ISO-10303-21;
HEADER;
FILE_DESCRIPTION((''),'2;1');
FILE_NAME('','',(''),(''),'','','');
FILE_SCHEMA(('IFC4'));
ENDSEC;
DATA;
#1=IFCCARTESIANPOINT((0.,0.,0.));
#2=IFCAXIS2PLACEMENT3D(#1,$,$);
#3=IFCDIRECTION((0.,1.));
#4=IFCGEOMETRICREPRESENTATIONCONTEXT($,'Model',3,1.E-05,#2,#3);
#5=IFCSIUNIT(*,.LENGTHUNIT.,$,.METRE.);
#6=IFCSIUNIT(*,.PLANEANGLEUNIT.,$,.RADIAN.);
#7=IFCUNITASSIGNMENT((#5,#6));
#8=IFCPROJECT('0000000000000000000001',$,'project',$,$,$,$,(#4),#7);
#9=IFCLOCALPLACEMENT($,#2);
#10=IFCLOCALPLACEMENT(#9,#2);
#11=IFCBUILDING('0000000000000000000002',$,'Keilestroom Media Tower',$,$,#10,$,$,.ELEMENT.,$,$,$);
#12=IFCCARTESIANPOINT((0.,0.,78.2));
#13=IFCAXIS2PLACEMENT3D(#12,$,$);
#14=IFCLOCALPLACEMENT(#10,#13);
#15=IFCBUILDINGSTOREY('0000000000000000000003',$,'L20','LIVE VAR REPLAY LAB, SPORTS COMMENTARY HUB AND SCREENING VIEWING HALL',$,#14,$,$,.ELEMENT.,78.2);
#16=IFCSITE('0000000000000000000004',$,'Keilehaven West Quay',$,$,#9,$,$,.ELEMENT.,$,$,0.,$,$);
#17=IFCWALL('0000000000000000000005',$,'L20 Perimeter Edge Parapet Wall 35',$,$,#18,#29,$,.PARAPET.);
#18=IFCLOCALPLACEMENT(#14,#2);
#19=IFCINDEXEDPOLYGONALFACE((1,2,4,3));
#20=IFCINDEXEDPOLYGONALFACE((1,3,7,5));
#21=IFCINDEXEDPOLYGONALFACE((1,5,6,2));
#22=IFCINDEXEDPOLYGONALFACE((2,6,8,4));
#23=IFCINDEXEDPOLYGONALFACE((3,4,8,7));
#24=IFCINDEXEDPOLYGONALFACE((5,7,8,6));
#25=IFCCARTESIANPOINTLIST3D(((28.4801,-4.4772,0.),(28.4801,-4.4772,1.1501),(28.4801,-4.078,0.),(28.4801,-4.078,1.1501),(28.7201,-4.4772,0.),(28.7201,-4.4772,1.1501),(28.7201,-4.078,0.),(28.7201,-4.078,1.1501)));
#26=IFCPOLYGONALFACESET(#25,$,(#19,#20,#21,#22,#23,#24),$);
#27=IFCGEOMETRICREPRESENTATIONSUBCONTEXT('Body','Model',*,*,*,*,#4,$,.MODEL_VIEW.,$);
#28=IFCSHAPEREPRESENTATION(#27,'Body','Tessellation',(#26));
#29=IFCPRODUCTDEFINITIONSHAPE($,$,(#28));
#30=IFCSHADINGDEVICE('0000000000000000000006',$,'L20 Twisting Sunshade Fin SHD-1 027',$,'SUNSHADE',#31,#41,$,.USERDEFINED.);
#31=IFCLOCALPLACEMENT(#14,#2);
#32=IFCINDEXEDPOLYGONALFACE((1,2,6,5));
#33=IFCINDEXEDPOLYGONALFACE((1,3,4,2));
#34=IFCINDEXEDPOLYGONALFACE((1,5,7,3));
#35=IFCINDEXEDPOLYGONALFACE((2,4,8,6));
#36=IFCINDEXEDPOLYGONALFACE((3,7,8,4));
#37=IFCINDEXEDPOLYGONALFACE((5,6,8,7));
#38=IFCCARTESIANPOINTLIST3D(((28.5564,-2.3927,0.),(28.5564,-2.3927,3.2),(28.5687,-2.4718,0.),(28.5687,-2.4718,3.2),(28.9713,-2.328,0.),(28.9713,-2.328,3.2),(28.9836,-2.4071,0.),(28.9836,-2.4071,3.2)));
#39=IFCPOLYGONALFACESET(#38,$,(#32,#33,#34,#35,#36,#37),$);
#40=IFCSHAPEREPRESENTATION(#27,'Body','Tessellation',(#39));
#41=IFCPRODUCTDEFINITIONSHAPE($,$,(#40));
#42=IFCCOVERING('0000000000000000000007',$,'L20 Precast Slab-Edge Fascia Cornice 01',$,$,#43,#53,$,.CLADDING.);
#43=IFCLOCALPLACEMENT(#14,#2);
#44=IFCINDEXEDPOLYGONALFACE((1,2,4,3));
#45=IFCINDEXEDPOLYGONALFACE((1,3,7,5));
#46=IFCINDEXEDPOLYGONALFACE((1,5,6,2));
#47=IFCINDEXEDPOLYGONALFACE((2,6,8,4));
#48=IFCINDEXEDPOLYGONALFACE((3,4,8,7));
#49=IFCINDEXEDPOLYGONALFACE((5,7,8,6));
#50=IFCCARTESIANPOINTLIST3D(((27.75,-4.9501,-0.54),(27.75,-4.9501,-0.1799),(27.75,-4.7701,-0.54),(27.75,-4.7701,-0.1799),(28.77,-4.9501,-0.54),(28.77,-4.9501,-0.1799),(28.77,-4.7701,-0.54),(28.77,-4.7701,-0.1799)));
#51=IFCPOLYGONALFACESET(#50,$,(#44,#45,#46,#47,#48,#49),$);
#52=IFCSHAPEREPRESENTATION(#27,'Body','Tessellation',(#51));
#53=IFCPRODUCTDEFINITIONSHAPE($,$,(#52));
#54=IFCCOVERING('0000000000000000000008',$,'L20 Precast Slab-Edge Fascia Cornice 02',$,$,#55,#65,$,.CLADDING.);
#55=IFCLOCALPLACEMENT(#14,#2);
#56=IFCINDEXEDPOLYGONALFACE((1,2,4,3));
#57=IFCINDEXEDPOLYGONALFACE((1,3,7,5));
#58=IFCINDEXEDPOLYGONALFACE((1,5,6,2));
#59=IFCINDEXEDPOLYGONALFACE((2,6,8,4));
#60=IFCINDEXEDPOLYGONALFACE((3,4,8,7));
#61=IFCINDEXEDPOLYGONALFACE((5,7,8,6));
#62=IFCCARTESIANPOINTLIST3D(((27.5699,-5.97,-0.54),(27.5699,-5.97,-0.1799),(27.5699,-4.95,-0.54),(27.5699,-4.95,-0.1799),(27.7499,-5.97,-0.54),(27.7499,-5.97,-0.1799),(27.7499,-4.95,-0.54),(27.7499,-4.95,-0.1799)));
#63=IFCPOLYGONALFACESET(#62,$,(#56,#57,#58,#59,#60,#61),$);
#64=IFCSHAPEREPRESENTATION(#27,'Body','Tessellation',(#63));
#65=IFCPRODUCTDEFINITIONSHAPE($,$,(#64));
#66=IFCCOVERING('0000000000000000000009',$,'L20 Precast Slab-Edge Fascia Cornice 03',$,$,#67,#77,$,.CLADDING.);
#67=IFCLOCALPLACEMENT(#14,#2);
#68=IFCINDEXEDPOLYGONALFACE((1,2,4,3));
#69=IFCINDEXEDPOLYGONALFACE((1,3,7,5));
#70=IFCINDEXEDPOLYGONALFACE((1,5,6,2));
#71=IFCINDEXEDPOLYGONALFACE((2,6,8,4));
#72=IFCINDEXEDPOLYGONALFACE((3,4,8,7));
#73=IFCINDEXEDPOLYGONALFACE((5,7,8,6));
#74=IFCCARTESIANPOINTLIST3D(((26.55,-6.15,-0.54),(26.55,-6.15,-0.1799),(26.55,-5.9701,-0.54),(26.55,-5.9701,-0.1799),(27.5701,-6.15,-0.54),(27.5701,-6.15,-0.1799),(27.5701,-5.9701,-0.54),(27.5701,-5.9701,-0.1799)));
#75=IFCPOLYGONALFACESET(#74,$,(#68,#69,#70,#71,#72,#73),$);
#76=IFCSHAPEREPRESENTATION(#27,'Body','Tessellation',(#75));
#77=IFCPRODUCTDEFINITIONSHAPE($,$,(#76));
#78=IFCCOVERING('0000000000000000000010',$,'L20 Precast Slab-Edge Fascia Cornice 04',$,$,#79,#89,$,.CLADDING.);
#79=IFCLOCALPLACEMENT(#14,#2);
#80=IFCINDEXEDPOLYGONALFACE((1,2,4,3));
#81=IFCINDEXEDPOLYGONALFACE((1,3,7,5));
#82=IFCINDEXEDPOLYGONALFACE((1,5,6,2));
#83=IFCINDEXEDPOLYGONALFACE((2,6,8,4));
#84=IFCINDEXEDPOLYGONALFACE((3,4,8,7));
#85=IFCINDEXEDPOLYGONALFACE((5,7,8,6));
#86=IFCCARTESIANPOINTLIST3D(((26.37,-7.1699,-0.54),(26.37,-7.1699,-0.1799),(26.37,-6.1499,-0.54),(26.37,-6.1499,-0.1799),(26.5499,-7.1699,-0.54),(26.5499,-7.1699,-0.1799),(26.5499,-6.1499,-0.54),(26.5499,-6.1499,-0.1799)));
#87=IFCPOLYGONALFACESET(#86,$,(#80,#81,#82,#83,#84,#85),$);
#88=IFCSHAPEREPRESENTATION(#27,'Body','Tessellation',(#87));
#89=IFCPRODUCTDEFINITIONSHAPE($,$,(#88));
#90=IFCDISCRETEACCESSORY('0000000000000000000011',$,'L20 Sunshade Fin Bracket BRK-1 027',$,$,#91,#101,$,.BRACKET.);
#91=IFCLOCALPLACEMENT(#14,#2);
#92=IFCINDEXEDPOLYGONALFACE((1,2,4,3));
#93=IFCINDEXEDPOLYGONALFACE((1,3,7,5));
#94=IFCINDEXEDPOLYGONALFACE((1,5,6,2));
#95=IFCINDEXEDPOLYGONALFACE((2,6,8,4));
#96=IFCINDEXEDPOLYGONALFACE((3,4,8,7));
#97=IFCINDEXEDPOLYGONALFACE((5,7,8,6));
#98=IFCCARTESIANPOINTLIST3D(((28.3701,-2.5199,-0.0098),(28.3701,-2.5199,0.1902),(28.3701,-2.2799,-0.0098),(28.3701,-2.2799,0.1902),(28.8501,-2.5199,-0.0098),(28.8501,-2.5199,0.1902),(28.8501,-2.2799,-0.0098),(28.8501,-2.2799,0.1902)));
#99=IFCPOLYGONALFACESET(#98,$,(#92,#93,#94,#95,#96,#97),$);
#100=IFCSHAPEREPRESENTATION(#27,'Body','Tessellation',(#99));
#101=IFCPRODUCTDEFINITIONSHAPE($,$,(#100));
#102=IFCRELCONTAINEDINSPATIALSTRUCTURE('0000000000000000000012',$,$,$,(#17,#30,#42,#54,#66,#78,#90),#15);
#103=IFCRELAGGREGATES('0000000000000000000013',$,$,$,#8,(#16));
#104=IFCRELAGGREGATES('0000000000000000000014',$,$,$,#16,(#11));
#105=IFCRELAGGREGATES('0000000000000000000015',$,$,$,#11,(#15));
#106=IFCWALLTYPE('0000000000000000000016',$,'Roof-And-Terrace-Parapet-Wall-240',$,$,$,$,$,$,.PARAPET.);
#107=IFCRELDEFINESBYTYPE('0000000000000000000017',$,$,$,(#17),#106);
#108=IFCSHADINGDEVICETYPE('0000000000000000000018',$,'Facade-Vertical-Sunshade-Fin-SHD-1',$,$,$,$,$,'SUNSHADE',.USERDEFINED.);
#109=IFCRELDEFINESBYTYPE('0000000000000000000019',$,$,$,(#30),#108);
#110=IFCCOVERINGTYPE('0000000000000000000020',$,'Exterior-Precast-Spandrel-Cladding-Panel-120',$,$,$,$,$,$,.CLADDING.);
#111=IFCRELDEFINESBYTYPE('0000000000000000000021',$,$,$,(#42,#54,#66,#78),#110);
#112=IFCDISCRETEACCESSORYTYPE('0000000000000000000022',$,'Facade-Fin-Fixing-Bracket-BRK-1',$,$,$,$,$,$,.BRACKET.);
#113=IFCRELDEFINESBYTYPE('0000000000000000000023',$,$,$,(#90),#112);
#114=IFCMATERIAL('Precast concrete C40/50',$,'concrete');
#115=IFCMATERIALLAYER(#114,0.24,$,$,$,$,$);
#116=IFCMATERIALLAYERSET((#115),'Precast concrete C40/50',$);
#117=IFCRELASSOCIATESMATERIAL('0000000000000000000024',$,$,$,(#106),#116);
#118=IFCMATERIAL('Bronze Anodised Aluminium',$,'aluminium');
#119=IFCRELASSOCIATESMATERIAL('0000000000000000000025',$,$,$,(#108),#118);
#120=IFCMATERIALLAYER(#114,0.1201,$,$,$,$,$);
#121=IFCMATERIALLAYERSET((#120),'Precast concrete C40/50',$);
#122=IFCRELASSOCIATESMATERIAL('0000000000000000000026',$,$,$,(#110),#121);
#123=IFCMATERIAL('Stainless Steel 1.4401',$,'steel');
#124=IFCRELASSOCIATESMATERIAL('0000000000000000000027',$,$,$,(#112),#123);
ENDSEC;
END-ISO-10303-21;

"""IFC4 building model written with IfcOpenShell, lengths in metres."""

from ifc_helpers import new_model, si_unit, direction, frame, frame_2d, origin, origin_2d, place, context, subcontext, project, spatial, rectangle, extrude, source, transform, mapped, material, layer, layer_set, type_object, element, save


model = new_model("IFC4")

# Units and contexts
model_context = context("Model", 3, precision=1e-05, world=origin(), true_north=direction((0.0, 1.0)))
body_context = subcontext(model_context, "Body", "Model", "MODEL_VIEW")
ifc_project = project(units=[si_unit("LENGTHUNIT", "METRE"), si_unit("PLANEANGLEUNIT", "RADIAN")], contexts=[model_context])

# Site, building, storey
site_placement = place(None, origin())
site = spatial("IfcSite", under=ifc_project, at=site_placement, Name="Keilehaven West Quay", CompositionType="ELEMENT", RefElevation=0.0)
building_placement = place(site_placement, origin())
building = spatial("IfcBuilding", under=site, at=building_placement, Name="Keilestroom Media Tower", CompositionType="ELEMENT")
storey_placement = place(building_placement, frame((0.0, 0.0, 78.2)))
storey = spatial("IfcBuildingStorey", under=building, at=storey_placement, Name="L20", Description="LIVE VAR REPLAY LAB, SPORTS COMMENTARY HUB AND SCREENING VIEWING HALL", CompositionType="ELEMENT", Elevation=78.2)

# Shared definitions
ifc_material_1 = material(Name="Precast concrete C40/50", Category="concrete")

# Wall
ifc_layer_1 = layer(ifc_material_1, 0.24)
ifc_layer_set_1 = layer_set([ifc_layer_1], Name="Precast concrete C40/50")
wall_type = type_object("IfcWallType", Name="Roof-And-Terrace-Parapet-Wall-240", PredefinedType="PARAPET", material=ifc_layer_set_1)
wall_1_placement = place(storey_placement, frame((28.6001, -4.0779, 0.0), z_axis=(0.0, 0.0, 1.0), x_axis=(0.0, -1.0, 0.0)))
element("IfcWall", 1, at=wall_1_placement, inside=storey, type_object=wall_type, Name="L20 Perimeter Edge Parapet Wall 35", PredefinedType="PARAPET", context=body_context, shape_type="SweptSolid", body=[
    extrude(rectangle(XDim=0.3992, YDim=0.24, at=frame_2d((0.1997, 0.0))), origin(), (0.0, 0.0, 1.0), 1.1501),
])

# Shading device
ifc_material_2 = material(Name="Bronze Anodised Aluminium", Category="aluminium")
shading_device_type = type_object("IfcShadingDeviceType", Name="Facade-Vertical-Sunshade-Fin-SHD-1", ElementType="SUNSHADE", PredefinedType="USERDEFINED", material=ifc_material_2)
shared_shape_1 = source(origin(), body_context, "Body", "SweptSolid", [
    extrude(rectangle(XDim=0.4199, YDim=0.0801, at=origin_2d()), origin(), (0.0, 0.0, 1.0), 3.2),
])
shading_device_placement = place(storey_placement, frame((28.77, -2.3999, 0.0), z_axis=(0.0, 0.0, 1.0), x_axis=(0.988041, 0.154193, 0.0)))
element("IfcShadingDevice", 2, at=shading_device_placement, inside=storey, type_object=shading_device_type, Name="L20 Twisting Sunshade Fin SHD-1 027", ObjectType="SUNSHADE", PredefinedType="USERDEFINED", context=body_context, shape_type="MappedRepresentation", body=[
    mapped(shared_shape_1, transform((0.0, 0.0, 0.0), x_axis=(1.0, 0.0, 0.0), y_axis=(0.0, 1.0, 0.0), z_axis=(0.0, 0.0, 1.0), scale=1.0)),
])

# Coverings
ifc_layer_2 = layer(ifc_material_1, 0.1201)
ifc_layer_set_2 = layer_set([ifc_layer_2], Name="Precast concrete C40/50")
covering_type = type_object("IfcCoveringType", Name="Exterior-Precast-Spandrel-Cladding-Panel-120", PredefinedType="CLADDING", material=ifc_layer_set_2)
shared_shape_2 = source(origin(), body_context, "Body", "SweptSolid", [
    extrude(rectangle(XDim=1.02, YDim=0.1799, at=origin_2d()), origin(), (0.0, 0.0, 1.0), 0.3601),
])
for number, where, z_axis, x_axis, name in (
    (3, (28.26, -4.8601, -0.54), (0.0, 0.0, 1.0), (-1.0, 0.0, 0.0), "L20 Precast Slab-Edge Fascia Cornice 01"),
    (4, (27.6599, -5.46, -0.54), (0.0, 0.0, 1.0), (0.0, -1.0, 0.0), "L20 Precast Slab-Edge Fascia Cornice 02"),
    (5, (27.0601, -6.0601, -0.54), (0.0, 0.0, 1.0), (-1.0, 0.0, 0.0), "L20 Precast Slab-Edge Fascia Cornice 03"),
    (6, (26.46, -6.6599, -0.54), (0.0, 0.0, 1.0), (0.0, -1.0, 0.0), "L20 Precast Slab-Edge Fascia Cornice 04"),
):
    element("IfcCovering", number, at=place(storey_placement, frame(where, z_axis=z_axis, x_axis=x_axis)), inside=storey, type_object=covering_type, Name=name, PredefinedType="CLADDING", context=body_context, shape_type="MappedRepresentation", body=[
        mapped(shared_shape_2, transform((0.0, 0.0, 0.0), x_axis=(1.0, 0.0, 0.0), y_axis=(0.0, 1.0, 0.0), z_axis=(0.0, 0.0, 1.0), scale=1.0)),
    ])

# Discrete accessory
ifc_material_3 = material(Name="Stainless Steel 1.4401", Category="steel")
discrete_accessory_type = type_object("IfcDiscreteAccessoryType", Name="Facade-Fin-Fixing-Bracket-BRK-1", PredefinedType="BRACKET", material=ifc_material_3)
shared_shape_3 = source(origin(), body_context, "Body", "SweptSolid", [
    extrude(rectangle(XDim=0.48, YDim=0.24, at=origin_2d()), origin(), (0.0, 0.0, 1.0), 0.2),
])
discrete_accessory_placement = place(storey_placement, frame((28.6101, -2.3999, -0.0098), z_axis=(0.0, 0.0, 1.0), x_axis=(1.0, 0.0, 0.0)))
element("IfcDiscreteAccessory", 7, at=discrete_accessory_placement, inside=storey, type_object=discrete_accessory_type, Name="L20 Sunshade Fin Bracket BRK-1 027", PredefinedType="BRACKET", context=body_context, shape_type="MappedRepresentation", body=[
    mapped(shared_shape_3, transform((0.0, 0.0, 0.0), x_axis=(1.0, 0.0, 0.0), y_axis=(0.0, 1.0, 0.0), z_axis=(0.0, 0.0, 1.0), scale=1.0)),
])

save(model, "model.ifc")
